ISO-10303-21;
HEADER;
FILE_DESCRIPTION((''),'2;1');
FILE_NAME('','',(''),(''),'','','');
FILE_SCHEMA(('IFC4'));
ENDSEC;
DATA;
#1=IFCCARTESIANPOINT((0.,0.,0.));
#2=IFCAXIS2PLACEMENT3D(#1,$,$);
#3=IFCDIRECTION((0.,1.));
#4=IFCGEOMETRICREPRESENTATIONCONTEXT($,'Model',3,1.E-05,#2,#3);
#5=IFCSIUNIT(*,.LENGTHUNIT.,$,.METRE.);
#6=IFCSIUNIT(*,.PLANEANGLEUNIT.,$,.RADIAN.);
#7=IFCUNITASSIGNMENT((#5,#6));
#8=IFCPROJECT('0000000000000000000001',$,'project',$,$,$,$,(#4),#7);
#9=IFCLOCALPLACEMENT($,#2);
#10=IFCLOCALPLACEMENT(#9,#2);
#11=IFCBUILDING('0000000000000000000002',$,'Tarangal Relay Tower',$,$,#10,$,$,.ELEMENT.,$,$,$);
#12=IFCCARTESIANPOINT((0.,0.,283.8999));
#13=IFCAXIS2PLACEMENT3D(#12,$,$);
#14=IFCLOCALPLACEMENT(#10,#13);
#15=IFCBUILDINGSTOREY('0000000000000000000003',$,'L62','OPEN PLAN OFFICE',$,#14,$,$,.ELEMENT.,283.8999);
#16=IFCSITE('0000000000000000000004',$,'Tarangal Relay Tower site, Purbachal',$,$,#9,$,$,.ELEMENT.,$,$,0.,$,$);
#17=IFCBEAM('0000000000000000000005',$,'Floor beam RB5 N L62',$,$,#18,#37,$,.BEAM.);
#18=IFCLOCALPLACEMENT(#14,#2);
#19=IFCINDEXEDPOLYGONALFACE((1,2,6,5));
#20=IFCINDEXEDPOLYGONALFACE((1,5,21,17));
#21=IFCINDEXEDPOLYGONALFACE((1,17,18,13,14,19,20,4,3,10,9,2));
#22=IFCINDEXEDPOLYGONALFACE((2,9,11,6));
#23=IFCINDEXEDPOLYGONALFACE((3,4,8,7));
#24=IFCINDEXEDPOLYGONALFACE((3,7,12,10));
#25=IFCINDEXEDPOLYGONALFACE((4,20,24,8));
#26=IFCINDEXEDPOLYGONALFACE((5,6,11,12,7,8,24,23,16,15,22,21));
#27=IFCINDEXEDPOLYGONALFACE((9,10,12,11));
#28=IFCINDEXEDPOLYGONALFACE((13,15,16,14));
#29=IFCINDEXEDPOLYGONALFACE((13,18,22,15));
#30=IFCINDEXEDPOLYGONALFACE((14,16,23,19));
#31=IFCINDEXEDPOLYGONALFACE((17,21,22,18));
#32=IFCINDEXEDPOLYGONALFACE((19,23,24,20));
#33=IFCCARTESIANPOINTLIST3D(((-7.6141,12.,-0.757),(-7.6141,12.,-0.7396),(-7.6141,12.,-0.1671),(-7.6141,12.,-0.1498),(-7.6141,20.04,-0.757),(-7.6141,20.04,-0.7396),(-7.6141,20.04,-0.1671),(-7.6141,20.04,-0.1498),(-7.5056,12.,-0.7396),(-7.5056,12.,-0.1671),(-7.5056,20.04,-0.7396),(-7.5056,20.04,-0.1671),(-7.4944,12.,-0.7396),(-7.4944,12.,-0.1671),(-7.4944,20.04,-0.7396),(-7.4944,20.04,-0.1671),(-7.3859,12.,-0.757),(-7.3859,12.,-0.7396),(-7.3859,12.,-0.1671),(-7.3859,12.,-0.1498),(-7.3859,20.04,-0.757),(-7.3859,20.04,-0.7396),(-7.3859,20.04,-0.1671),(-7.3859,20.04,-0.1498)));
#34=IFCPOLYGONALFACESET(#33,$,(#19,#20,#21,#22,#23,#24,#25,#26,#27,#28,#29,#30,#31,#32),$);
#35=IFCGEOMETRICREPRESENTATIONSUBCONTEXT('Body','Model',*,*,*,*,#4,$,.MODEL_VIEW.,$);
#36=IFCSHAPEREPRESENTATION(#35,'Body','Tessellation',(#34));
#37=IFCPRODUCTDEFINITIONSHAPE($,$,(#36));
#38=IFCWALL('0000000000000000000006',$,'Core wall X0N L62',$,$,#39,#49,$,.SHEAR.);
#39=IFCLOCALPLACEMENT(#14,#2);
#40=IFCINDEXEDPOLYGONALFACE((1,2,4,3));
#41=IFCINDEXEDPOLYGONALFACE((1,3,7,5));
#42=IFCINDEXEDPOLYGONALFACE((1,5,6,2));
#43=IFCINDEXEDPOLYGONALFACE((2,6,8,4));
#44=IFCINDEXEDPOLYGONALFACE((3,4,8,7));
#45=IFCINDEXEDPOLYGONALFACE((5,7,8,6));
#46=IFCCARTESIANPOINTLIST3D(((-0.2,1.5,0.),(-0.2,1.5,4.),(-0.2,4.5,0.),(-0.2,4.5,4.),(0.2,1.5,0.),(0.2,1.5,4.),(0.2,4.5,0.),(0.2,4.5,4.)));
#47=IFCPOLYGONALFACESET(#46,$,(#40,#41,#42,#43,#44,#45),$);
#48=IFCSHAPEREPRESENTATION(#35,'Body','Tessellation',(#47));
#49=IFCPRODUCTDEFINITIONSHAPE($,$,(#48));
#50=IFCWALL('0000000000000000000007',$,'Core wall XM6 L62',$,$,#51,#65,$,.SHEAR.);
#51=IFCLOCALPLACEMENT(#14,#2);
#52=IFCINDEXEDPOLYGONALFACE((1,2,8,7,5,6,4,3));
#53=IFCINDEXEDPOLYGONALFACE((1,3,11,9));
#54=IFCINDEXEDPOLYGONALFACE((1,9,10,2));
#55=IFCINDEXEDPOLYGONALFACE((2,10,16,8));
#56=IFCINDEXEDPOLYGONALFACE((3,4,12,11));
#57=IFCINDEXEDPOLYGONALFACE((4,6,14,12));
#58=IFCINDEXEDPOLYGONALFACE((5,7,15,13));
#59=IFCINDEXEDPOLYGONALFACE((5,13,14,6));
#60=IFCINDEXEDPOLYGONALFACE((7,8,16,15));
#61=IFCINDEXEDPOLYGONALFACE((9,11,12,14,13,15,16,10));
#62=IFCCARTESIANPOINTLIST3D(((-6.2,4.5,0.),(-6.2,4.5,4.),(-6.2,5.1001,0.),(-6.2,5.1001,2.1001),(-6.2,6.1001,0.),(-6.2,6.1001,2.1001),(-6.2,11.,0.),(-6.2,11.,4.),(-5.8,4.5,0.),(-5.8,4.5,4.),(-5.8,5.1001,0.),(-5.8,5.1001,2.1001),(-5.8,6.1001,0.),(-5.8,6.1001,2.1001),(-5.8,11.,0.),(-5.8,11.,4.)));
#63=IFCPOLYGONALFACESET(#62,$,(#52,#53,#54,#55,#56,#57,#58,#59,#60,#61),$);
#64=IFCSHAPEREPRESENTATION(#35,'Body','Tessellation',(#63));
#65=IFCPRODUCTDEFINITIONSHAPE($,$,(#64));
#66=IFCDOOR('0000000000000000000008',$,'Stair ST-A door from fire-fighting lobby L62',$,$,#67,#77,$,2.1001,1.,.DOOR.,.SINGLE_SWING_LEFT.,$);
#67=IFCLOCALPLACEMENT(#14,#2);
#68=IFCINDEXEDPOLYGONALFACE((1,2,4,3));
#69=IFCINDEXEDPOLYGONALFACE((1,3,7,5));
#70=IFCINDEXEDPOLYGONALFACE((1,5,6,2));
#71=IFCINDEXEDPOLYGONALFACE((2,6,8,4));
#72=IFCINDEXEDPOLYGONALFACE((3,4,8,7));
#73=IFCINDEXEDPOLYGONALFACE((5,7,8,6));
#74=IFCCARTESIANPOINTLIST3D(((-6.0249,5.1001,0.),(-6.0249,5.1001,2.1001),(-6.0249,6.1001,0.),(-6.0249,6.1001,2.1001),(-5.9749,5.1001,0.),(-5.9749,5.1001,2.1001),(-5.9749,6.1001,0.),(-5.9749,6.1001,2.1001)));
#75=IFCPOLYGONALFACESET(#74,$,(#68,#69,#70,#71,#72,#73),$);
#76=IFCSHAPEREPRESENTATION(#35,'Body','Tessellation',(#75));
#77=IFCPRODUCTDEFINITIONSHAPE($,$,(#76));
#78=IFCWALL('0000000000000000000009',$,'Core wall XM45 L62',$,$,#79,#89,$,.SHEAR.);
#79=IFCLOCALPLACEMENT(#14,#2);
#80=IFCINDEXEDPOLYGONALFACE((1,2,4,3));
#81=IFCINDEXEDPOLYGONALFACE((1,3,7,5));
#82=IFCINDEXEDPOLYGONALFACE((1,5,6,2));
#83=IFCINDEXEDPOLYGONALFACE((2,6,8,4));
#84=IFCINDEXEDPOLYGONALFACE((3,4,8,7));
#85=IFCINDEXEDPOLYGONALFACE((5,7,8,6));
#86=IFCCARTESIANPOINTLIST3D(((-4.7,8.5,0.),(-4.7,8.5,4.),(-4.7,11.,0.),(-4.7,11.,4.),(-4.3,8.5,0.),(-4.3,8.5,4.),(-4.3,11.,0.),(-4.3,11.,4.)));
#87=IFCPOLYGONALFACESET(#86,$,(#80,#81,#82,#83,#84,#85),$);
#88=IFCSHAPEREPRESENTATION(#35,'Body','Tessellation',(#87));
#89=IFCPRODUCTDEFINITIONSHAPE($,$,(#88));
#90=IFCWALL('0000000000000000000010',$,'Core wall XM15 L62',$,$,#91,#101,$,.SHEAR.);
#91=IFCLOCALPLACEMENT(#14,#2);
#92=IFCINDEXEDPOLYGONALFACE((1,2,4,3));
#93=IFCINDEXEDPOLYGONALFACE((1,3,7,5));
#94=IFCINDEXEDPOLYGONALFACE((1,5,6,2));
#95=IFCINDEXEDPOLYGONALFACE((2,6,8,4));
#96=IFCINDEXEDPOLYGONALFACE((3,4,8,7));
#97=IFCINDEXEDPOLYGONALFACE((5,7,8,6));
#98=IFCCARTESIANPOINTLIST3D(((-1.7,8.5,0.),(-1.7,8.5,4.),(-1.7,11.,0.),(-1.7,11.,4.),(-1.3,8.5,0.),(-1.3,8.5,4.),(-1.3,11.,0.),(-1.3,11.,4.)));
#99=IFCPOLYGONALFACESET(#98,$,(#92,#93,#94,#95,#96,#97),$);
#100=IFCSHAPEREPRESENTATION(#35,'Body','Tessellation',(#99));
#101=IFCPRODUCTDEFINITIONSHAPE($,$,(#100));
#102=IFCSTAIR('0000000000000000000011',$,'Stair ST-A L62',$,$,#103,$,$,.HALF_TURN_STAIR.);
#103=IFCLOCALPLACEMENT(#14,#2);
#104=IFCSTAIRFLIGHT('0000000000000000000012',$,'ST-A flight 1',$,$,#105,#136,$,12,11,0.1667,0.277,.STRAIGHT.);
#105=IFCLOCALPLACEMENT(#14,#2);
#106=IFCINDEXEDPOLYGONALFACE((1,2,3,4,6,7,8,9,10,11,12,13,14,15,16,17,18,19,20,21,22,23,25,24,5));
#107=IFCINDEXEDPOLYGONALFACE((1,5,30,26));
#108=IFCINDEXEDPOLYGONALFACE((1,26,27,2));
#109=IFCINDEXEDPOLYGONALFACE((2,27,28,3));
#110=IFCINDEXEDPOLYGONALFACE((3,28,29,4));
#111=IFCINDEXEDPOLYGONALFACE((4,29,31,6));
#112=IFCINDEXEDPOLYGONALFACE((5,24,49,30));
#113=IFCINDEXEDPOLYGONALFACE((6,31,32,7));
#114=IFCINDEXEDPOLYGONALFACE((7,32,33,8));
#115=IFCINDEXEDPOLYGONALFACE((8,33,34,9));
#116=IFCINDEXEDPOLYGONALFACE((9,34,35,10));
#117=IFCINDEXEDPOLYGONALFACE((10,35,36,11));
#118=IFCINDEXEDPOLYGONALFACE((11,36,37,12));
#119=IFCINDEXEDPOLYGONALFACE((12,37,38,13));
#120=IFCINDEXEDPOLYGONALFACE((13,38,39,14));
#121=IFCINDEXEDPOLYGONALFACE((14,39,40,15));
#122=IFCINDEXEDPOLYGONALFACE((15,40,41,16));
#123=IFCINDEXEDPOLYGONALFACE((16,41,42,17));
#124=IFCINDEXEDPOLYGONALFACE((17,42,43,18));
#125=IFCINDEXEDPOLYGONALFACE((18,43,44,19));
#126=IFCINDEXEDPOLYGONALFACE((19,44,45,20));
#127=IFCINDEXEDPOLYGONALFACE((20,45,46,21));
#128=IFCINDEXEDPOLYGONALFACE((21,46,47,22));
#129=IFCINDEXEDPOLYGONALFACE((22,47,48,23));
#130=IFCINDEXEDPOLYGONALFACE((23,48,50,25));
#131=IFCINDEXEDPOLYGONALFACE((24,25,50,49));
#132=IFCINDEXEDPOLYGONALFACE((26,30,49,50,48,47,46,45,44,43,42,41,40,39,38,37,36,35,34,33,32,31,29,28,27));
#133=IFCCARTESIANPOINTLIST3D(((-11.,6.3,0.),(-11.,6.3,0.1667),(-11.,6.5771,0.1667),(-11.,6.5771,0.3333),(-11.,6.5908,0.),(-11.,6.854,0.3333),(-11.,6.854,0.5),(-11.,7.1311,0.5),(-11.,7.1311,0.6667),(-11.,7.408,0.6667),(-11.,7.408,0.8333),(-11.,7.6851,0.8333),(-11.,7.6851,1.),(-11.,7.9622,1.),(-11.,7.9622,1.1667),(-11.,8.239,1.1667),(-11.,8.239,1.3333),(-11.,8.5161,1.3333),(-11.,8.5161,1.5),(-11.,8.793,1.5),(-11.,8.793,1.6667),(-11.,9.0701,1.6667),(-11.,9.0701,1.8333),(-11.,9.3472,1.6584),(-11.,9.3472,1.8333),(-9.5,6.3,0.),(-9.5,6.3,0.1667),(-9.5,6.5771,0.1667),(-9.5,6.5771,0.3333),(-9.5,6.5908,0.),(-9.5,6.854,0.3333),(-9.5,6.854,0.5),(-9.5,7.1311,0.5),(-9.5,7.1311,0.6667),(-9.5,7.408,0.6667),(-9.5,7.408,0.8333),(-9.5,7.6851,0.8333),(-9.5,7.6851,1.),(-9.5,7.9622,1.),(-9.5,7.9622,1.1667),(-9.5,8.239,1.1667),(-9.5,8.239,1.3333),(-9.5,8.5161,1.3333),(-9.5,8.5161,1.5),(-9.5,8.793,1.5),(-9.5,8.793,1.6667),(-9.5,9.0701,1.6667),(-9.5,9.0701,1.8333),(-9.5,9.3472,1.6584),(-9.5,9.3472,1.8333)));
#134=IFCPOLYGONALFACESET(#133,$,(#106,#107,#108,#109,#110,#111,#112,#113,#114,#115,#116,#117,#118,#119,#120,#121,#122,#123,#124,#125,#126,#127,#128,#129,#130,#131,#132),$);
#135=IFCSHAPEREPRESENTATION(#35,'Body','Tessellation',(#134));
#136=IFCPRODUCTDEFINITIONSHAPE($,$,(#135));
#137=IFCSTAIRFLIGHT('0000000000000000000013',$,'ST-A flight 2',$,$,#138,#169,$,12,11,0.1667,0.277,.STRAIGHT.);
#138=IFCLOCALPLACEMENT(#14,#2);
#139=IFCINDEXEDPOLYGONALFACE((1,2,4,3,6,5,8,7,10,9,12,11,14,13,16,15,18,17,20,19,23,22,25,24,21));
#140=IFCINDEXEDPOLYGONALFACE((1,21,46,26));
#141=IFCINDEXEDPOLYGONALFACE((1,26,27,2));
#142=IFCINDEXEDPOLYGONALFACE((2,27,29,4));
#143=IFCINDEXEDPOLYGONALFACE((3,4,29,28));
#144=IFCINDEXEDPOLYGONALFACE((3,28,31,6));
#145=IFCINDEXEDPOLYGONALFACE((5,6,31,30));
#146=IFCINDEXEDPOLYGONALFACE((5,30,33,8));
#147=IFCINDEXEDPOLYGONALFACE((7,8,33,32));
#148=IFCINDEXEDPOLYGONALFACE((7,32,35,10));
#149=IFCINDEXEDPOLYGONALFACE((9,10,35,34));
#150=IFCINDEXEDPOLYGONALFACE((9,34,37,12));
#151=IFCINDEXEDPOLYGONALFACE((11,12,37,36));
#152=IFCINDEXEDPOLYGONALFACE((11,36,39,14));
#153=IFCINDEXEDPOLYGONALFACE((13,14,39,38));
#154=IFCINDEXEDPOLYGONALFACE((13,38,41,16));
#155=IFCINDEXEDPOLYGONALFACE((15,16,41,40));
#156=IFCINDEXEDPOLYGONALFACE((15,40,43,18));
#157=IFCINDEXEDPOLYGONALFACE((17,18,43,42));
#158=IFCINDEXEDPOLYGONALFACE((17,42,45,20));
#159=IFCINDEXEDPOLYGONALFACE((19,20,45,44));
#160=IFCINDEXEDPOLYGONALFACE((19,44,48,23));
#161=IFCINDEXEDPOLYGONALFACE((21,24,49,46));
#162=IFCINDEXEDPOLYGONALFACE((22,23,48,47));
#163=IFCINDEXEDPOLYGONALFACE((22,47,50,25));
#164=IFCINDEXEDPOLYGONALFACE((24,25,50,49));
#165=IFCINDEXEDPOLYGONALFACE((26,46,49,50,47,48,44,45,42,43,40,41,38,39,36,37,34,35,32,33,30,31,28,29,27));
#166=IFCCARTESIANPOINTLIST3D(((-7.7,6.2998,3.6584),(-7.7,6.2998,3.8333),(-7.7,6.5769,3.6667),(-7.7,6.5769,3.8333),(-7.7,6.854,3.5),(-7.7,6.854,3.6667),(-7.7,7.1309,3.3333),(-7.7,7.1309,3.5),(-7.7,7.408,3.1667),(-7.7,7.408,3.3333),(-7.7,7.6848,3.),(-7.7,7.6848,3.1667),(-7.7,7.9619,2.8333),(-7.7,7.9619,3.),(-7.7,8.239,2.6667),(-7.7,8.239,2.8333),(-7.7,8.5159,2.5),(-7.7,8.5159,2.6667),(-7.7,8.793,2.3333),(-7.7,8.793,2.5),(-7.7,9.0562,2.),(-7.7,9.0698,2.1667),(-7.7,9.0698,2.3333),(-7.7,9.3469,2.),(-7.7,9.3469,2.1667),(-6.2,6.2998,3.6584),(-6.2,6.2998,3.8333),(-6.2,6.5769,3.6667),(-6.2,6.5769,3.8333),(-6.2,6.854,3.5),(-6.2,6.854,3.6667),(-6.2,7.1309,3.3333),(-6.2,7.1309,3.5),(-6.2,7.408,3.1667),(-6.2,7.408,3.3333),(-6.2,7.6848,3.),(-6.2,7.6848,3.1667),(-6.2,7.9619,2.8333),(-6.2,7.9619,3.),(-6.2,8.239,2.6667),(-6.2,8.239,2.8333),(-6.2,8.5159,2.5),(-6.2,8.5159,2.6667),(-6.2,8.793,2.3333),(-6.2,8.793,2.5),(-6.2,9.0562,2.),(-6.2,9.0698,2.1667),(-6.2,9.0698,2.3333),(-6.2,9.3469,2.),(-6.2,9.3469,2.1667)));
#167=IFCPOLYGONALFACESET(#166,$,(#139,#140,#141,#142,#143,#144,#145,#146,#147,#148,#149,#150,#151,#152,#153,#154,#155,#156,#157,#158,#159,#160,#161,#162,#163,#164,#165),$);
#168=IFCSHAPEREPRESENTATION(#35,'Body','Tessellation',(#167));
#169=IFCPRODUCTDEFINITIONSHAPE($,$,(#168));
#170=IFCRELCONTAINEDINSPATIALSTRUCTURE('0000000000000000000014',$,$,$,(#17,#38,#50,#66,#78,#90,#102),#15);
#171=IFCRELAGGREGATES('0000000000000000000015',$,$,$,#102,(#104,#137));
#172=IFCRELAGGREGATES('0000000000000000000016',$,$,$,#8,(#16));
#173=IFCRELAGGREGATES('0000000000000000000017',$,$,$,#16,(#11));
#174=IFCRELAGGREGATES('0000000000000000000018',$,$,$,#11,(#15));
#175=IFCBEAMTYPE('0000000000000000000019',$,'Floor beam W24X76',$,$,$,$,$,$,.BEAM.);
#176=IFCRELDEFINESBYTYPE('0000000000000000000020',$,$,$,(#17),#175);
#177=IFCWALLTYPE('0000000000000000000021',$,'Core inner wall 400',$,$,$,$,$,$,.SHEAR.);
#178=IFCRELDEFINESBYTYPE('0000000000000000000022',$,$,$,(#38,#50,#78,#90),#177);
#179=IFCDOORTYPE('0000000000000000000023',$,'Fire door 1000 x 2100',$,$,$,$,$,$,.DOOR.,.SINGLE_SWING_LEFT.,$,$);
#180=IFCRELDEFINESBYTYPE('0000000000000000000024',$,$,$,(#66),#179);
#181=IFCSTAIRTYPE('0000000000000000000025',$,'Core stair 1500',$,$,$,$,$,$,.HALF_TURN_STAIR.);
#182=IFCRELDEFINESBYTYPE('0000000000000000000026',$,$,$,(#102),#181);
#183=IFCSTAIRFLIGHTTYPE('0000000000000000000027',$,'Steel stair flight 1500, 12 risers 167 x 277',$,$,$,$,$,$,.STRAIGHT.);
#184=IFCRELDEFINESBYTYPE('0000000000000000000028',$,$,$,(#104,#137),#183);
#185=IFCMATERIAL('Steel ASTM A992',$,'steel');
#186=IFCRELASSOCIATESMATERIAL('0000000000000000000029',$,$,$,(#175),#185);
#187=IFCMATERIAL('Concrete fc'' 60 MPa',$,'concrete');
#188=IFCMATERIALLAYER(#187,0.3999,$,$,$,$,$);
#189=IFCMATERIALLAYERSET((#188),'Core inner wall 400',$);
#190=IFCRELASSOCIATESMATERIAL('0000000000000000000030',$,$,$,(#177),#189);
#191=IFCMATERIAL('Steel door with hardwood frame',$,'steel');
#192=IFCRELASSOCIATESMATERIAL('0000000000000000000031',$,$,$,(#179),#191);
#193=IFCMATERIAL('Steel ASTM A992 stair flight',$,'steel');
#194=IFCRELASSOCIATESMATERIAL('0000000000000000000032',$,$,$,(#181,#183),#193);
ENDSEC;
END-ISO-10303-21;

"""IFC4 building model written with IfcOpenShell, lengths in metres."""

from ifc_helpers import new_model, si_unit, direction, frame, frame_2d, origin, origin_2d, place, context, subcontext, project, spatial, polyline, rectangle, i_section, outline, extrude, material, layer, layer_set, material_profile, profile_set, type_object, element, fill, aggregate, save


model = new_model("IFC4")

# Units and contexts
model_context = context("Model", 3, precision=1e-05, world=origin(), true_north=direction((0.0, 1.0)))
body_context = subcontext(model_context, "Body", "Model", "MODEL_VIEW")
ifc_project = project(units=[si_unit("LENGTHUNIT", "METRE"), si_unit("PLANEANGLEUNIT", "RADIAN")], contexts=[model_context])

# Site, building, storey
site_placement = place(None, origin())
site = spatial("IfcSite", under=ifc_project, at=site_placement, Name="Tarangal Relay Tower site, Purbachal", CompositionType="ELEMENT", RefElevation=0.0)
building_placement = place(site_placement, origin())
building = spatial("IfcBuilding", under=site, at=building_placement, Name="Tarangal Relay Tower", CompositionType="ELEMENT")
storey_placement = place(building_placement, frame((0.0, 0.0, 283.8999)))
storey = spatial("IfcBuildingStorey", under=building, at=storey_placement, Name="L62", Description="OPEN PLAN OFFICE", CompositionType="ELEMENT", Elevation=283.8999)

# Beam
ifc_material_1 = material(Name="Steel ASTM A992", Category="steel")
ifc_material_profile = material_profile(ifc_material_1, i_section(OverallWidth=0.2283, OverallDepth=0.6072, WebThickness=0.0112, FlangeThickness=0.0173, at=origin_2d()), Name="W24X76")
ifc_profile_set = profile_set([ifc_material_profile], Name="Steel ASTM A992")
beam_type = type_object("IfcBeamType", Name="Floor beam W24X76", PredefinedType="BEAM", material=ifc_profile_set)
beam_placement = place(storey_placement, frame((-7.5, 12.0, -0.4534), z_axis=(0.0, 1.0, 0.0), x_axis=(-1.0, 0.0, 0.0)))
element("IfcBeam", 1, at=beam_placement, inside=storey, type_object=beam_type, Name="Floor beam RB5 N L62", PredefinedType="BEAM", context=body_context, shape_type="SweptSolid", body=[
    extrude(i_section(OverallWidth=0.2283, OverallDepth=0.6072, WebThickness=0.0112, FlangeThickness=0.0173, at=origin_2d()), origin(), (0.0, 0.0, 1.0), 8.04),
])

# Shared definitions
ifc_material_2 = material(Name="Concrete fc' 60 MPa", Category="concrete")
ifc_layer = layer(ifc_material_2, 0.3999)
ifc_layer_set = layer_set([ifc_layer], Name="Core inner wall 400")
wall_type = type_object("IfcWallType", Name="Core inner wall 400", PredefinedType="SHEAR", material=ifc_layer_set)
ifc_material_3 = material(Name="Steel door with hardwood frame", Category="steel")

# Wall
wall_1_placement = place(storey_placement, frame((0.0, 1.5, 0.0), z_axis=(0.0, 0.0, 1.0), x_axis=(0.0, 1.0, 0.0)))
element("IfcWall", 2, at=wall_1_placement, inside=storey, type_object=wall_type, Name="Core wall X0N L62", PredefinedType="SHEAR", context=body_context, shape_type="SweptSolid", body=[
    extrude(rectangle(XDim=3.0, YDim=0.3999, at=frame_2d((1.5, 0.0))), origin(), (0.0, 0.0, 1.0), 4.0),
])

# Wall, opening, door
wall_2_placement = place(storey_placement, frame((-6.0, 4.5, 0.0), z_axis=(0.0, 0.0, 1.0), x_axis=(0.0, 1.0, 0.0)))
wall_2 = element("IfcWall", 3, at=wall_2_placement, inside=storey, type_object=wall_type, Name="Core wall XM6 L62", PredefinedType="SHEAR", context=body_context, shape_type="SweptSolid", body=[
    extrude(rectangle(XDim=6.5, YDim=0.3999, at=frame_2d((3.25, 0.0))), origin(), (0.0, 0.0, 1.0), 4.0),
])
opening_1_placement = place(wall_2_placement, frame((0.6001, 0.0, 0.0)))
opening_1 = element("IfcOpeningElement", 4, at=opening_1_placement, cuts=wall_2, PredefinedType="OPENING", context=body_context, shape_type="SweptSolid", body=[
    extrude(rectangle(XDim=1.0, YDim=2.1001, at=frame_2d((0.5, 1.05))), frame((0.0, 0.21, 0.0), z_axis=(0.0, -1.0, 0.0), x_axis=(1.0, 0.0, 0.0)), (0.0, 0.0, 1.0), 0.4199),
])
door_type_1 = type_object("IfcDoorType", Name="Fire door 1000 x 2100", OperationType="SINGLE_SWING_LEFT", PredefinedType="DOOR", material=ifc_material_3)
door_1_placement = place(opening_1_placement, origin())
door_1 = element("IfcDoor", 5, at=door_1_placement, inside=storey, type_object=door_type_1, Name="Stair ST-A door from fire-fighting lobby L62", OperationType="SINGLE_SWING_LEFT", OverallHeight=2.1001, OverallWidth=1.0, PredefinedType="DOOR", context=body_context, shape_type="SweptSolid", body=[
    extrude(rectangle(XDim=1.0, YDim=2.1001, at=frame_2d((0.5, 1.05))), frame((0.0, 0.0249, 0.0), z_axis=(0.0, -1.0, 0.0), x_axis=(1.0, 0.0, 0.0)), (0.0, 0.0, 1.0), 0.05),
])
fill(opening_1, door_1)

# Walls
for number, where, z_axis, x_axis, name in (
    (6, (-4.5, 8.5, 0.0), (0.0, 0.0, 1.0), (0.0, 1.0, 0.0), "Core wall XM45 L62"),
    (7, (-1.5, 8.5, 0.0), (0.0, 0.0, 1.0), (0.0, 1.0, 0.0), "Core wall XM15 L62"),
):
    element("IfcWall", number, at=place(storey_placement, frame(where, z_axis=z_axis, x_axis=x_axis)), inside=storey, type_object=wall_type, Name=name, PredefinedType="SHEAR", context=body_context, shape_type="SweptSolid", body=[
        extrude(rectangle(XDim=2.5, YDim=0.3999, at=frame_2d((1.25, 0.0))), origin(), (0.0, 0.0, 1.0), 4.0),
    ])

# Stair, stair flights
ifc_material_4 = material(Name="Steel ASTM A992 stair flight", Category="steel")
stair_type = type_object("IfcStairType", Name="Core stair 1500", PredefinedType="HALF_TURN_STAIR", material=ifc_material_4)
stair_placement = place(storey_placement, origin())
stair = element("IfcStair", 8, at=stair_placement, inside=storey, type_object=stair_type, Name="Stair ST-A L62", PredefinedType="HALF_TURN_STAIR")
stair_flight_type = type_object("IfcStairFlightType", Name="Steel stair flight 1500, 12 risers 167 x 277", PredefinedType="STRAIGHT", material=ifc_material_4)
stair_flight_1_placement = place(storey_placement, frame((-10.25, 6.3, 0.0), z_axis=(0.0, 0.0, 1.0), x_axis=(0.0, 1.0, 0.0)))
stair_flight_1 = element("IfcStairFlight", 9, at=stair_flight_1_placement, type_object=stair_flight_type, Name="ST-A flight 1", NumberOfRisers=12, NumberOfTreads=11, PredefinedType="STRAIGHT", RiserHeight=0.1667, TreadLength=0.277, context=body_context, shape_type="SweptSolid", body=[
    extrude(outline(polyline([(0.0, 0.0), (0.0, 0.1667), (0.2771, 0.1667), (0.2771, 0.3333), (0.554, 0.3333), (0.554, 0.5), (0.8311, 0.5), (0.8311, 0.6667), (1.1079, 0.6667), (1.1079, 0.8333), (1.385, 0.8333), (1.385, 1.0), (1.6621, 1.0), (1.6621, 1.1667), (1.939, 1.1667), (1.939, 1.3333), (2.2161, 1.3333), (2.2161, 1.5), (2.4929, 1.5), (2.4929, 1.6667), (2.77, 1.6667), (2.77, 1.8333), (3.0471, 1.8333), (3.0471, 2.0), (3.0471, 1.6584), (0.2908, 0.0), (0.0, 0.0)])), frame((0.0, 0.75, 0.0), z_axis=(0.0, -1.0, 0.0), x_axis=(1.0, 0.0, 0.0)), (0.0, 0.0, 1.0), 1.5),
])
stair_flight_2_placement = place(storey_placement, frame((-6.95, 9.3469, 2.0), z_axis=(0.0, 0.0, 1.0), x_axis=(0.0, -1.0, 0.0)))
stair_flight_2 = element("IfcStairFlight", 10, at=stair_flight_2_placement, type_object=stair_flight_type, Name="ST-A flight 2", NumberOfRisers=12, NumberOfTreads=11, PredefinedType="STRAIGHT", RiserHeight=0.1667, TreadLength=0.277, context=body_context, shape_type="SweptSolid", body=[
    extrude(outline(polyline([(0.0, 0.0), (0.0, 0.1667), (0.2771, 0.1667), (0.2771, 0.3333), (0.554, 0.3333), (0.554, 0.5), (0.8311, 0.5), (0.8311, 0.6667), (1.1079, 0.6667), (1.1079, 0.8333), (1.385, 0.8333), (1.385, 1.0), (1.6621, 1.0), (1.6621, 1.1667), (1.939, 1.1667), (1.939, 1.3333), (2.2161, 1.3333), (2.2161, 1.5), (2.4929, 1.5), (2.4929, 1.6667), (2.77, 1.6667), (2.77, 1.8333), (3.0471, 1.8333), (3.0471, 2.0), (3.0471, 1.6584), (0.2908, 0.0), (0.0, 0.0)])), frame((0.0, 0.75, 0.0), z_axis=(0.0, -1.0, 0.0), x_axis=(1.0, 0.0, 0.0)), (0.0, 0.0, 1.0), 1.5),
])
aggregate(stair, [stair_flight_1, stair_flight_2])

save(model, "model.ifc")
